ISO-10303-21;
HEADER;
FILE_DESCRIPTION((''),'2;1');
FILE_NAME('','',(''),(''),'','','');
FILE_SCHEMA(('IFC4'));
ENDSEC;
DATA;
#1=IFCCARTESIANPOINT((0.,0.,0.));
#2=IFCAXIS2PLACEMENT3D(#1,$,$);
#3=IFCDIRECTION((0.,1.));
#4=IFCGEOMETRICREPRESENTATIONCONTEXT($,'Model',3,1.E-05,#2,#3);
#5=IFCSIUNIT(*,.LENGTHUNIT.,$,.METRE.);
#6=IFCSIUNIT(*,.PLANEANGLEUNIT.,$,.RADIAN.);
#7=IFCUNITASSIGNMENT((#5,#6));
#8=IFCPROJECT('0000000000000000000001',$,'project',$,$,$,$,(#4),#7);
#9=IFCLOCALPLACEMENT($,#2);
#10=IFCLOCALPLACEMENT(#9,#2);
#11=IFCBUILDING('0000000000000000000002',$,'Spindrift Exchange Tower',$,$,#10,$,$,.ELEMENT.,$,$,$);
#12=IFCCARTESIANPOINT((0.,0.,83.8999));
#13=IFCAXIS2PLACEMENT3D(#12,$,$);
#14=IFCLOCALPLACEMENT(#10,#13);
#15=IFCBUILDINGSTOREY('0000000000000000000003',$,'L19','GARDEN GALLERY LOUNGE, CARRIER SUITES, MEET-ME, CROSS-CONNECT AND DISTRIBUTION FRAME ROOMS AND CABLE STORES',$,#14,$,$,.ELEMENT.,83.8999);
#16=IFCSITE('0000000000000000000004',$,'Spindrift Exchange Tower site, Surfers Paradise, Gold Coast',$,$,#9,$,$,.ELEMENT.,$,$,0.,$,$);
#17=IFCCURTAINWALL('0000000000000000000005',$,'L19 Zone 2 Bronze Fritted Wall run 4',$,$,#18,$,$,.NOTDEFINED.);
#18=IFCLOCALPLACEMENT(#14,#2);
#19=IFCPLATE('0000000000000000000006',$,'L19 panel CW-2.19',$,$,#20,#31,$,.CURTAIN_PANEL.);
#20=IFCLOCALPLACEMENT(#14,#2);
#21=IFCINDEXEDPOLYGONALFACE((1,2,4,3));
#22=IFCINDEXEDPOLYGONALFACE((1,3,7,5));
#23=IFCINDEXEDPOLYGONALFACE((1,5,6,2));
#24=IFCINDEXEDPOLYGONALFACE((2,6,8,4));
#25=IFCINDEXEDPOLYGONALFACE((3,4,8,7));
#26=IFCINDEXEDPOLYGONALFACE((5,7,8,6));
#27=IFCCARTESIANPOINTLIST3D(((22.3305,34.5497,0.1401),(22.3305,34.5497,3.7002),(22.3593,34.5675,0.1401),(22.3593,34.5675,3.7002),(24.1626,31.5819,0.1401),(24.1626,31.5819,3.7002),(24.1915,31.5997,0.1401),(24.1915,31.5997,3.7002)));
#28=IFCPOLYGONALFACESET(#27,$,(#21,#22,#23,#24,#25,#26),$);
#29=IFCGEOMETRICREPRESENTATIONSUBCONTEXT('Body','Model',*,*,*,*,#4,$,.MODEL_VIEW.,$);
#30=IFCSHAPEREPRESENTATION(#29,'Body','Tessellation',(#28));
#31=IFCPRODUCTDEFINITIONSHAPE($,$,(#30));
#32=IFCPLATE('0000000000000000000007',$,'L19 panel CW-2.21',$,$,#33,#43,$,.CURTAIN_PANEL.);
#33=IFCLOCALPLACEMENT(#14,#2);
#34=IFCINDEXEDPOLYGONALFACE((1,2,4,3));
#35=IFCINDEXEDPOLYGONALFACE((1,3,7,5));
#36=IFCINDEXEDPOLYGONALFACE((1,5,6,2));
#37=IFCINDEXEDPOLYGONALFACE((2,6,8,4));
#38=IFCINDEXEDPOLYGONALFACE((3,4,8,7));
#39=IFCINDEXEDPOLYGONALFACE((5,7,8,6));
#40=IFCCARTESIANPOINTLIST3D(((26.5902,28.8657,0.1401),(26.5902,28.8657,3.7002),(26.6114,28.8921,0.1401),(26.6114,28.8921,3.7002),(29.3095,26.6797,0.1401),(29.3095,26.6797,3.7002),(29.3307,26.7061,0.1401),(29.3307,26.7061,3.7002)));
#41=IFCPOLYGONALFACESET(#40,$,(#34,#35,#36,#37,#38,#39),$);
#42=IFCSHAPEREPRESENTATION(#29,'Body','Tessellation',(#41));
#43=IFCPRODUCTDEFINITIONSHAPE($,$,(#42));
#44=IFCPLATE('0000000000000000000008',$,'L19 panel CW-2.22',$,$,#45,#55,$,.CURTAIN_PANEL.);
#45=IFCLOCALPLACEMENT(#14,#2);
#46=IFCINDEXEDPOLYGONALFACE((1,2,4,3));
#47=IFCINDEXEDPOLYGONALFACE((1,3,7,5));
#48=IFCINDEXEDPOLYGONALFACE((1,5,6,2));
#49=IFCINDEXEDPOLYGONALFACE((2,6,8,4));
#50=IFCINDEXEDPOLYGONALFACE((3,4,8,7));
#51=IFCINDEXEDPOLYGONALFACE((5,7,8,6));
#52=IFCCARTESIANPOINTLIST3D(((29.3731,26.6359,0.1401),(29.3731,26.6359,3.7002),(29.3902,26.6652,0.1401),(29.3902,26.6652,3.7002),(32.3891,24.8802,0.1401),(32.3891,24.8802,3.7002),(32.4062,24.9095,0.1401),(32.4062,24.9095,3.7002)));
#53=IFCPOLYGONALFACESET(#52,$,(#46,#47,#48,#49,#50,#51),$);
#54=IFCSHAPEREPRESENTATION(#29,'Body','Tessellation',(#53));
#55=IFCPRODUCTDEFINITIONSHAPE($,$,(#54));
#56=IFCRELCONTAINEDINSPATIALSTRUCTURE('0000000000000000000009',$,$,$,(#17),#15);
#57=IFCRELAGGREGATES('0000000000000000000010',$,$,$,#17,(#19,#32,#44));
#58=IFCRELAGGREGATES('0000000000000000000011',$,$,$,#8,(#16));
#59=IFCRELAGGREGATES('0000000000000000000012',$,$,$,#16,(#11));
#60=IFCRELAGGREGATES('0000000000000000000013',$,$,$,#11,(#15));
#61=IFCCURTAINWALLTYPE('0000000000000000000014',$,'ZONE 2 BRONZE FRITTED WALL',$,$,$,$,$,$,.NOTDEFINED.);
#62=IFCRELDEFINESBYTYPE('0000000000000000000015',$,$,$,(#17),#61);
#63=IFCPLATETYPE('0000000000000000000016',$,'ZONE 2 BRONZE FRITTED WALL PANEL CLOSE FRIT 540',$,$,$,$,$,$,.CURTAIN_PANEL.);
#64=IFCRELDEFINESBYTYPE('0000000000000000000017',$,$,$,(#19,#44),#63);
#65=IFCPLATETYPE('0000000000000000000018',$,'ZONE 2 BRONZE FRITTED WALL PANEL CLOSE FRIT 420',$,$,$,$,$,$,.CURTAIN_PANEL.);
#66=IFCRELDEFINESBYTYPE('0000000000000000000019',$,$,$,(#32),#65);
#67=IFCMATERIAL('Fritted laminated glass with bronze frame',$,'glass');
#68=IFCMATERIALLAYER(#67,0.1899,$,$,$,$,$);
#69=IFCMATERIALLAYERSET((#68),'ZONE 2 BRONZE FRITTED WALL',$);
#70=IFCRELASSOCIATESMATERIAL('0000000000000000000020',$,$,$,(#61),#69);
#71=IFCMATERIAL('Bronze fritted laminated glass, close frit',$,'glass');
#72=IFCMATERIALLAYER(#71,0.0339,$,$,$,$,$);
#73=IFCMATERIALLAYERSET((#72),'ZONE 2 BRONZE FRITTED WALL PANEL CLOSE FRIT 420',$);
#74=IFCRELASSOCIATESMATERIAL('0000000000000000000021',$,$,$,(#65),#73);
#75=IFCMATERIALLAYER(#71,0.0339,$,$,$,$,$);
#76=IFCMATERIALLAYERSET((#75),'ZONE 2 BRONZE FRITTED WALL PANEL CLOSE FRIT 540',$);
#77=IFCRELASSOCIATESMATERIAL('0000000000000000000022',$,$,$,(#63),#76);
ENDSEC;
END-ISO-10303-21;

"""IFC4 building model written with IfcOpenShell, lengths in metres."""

from ifc_helpers import new_model, si_unit, direction, frame, origin, origin_2d, place, context, subcontext, project, spatial, rectangle, extrude, source, transform, mapped, material, layer, layer_set, type_object, element, aggregate, save


model = new_model("IFC4")

# Units and contexts
model_context = context("Model", 3, precision=1e-05, world=origin(), true_north=direction((0.0, 1.0)))
body_context = subcontext(model_context, "Body", "Model", "MODEL_VIEW")
ifc_project = project(units=[si_unit("LENGTHUNIT", "METRE"), si_unit("PLANEANGLEUNIT", "RADIAN")], contexts=[model_context])

# Site, building, storey
site_placement = place(None, origin())
site = spatial("IfcSite", under=ifc_project, at=site_placement, Name="Spindrift Exchange Tower site, Surfers Paradise, Gold Coast", CompositionType="ELEMENT", RefElevation=0.0)
building_placement = place(site_placement, origin())
building = spatial("IfcBuilding", under=site, at=building_placement, Name="Spindrift Exchange Tower", CompositionType="ELEMENT")
storey_placement = place(building_placement, frame((0.0, 0.0, 83.8999)))
storey = spatial("IfcBuildingStorey", under=building, at=storey_placement, Name="L19", Description="GARDEN GALLERY LOUNGE, CARRIER SUITES, MEET-ME, CROSS-CONNECT AND DISTRIBUTION FRAME ROOMS AND CABLE STORES", CompositionType="ELEMENT", Elevation=83.8999)

# Curtain wall
ifc_material_1 = material(Name="Fritted laminated glass with bronze frame", Category="glass")
ifc_layer_1 = layer(ifc_material_1, 0.1899)
ifc_layer_set_1 = layer_set([ifc_layer_1], Name="ZONE 2 BRONZE FRITTED WALL")
curtain_wall_type = type_object("IfcCurtainWallType", Name="ZONE 2 BRONZE FRITTED WALL", PredefinedType="NOTDEFINED", material=ifc_layer_set_1)
curtain_wall_1_placement = place(storey_placement, origin())
curtain_wall_1 = element("IfcCurtainWall", 1, at=curtain_wall_1_placement, inside=storey, type_object=curtain_wall_type, Name="L19 Zone 2 Bronze Fritted Wall run 4", PredefinedType="NOTDEFINED")

# Plates
ifc_material_2 = material(Name="Bronze fritted laminated glass, close frit", Category="glass")
ifc_layer_2 = layer(ifc_material_2, 0.0339)
ifc_layer_set_2 = layer_set([ifc_layer_2], Name="ZONE 2 BRONZE FRITTED WALL PANEL CLOSE FRIT 420")
plate_type_1 = type_object("IfcPlateType", Name="ZONE 2 BRONZE FRITTED WALL PANEL CLOSE FRIT 420", PredefinedType="CURTAIN_PANEL", material=ifc_layer_set_2)
ifc_layer_3 = layer(ifc_material_2, 0.0339)
ifc_layer_set_3 = layer_set([ifc_layer_3], Name="ZONE 2 BRONZE FRITTED WALL PANEL CLOSE FRIT 540")
plate_type_2 = type_object("IfcPlateType", Name="ZONE 2 BRONZE FRITTED WALL PANEL CLOSE FRIT 540", PredefinedType="CURTAIN_PANEL", material=ifc_layer_set_3)
shared_shape_1 = source(origin(), body_context, "Body", "SweptSolid", [
    extrude(rectangle(XDim=3.4878, YDim=0.0339, at=origin_2d()), origin(), (0.0, 0.0, 1.0), 3.5601),
])
plate_1_placement = place(storey_placement, frame((23.261, 33.0747, 0.1401), z_axis=(0.0, 0.0, 1.0), x_axis=(0.525305, -0.850914, 0.0)))
plate_1 = element("IfcPlate", 2, at=plate_1_placement, type_object=plate_type_2, Name="L19 panel CW-2.19", PredefinedType="CURTAIN_PANEL", context=body_context, shape_type="MappedRepresentation", body=[
    mapped(shared_shape_1, transform((0.0, 0.0, 0.0), scale=1.0)),
])
shared_shape_2 = source(origin(), body_context, "Body", "SweptSolid", [
    extrude(rectangle(XDim=3.489, YDim=0.0339, at=origin_2d()), origin(), (0.0, 0.0, 1.0), 3.5601),
])
plate_2_placement = place(storey_placement, frame((27.9604, 27.7859, 0.1401), z_axis=(0.0, 0.0, 1.0), x_axis=(0.779394, -0.626534, 0.0)))
plate_2 = element("IfcPlate", 3, at=plate_2_placement, type_object=plate_type_1, Name="L19 panel CW-2.21", PredefinedType="CURTAIN_PANEL", context=body_context, shape_type="MappedRepresentation", body=[
    mapped(shared_shape_2, transform((0.0, 0.0, 0.0), scale=1.0)),
])
shared_shape_3 = source(origin(), body_context, "Body", "SweptSolid", [
    extrude(rectangle(XDim=3.4897, YDim=0.0339, at=origin_2d()), origin(), (0.0, 0.0, 1.0), 3.5601),
])
plate_3_placement = place(storey_placement, frame((30.8896, 25.7727, 0.1401), z_axis=(0.0, 0.0, 1.0), x_axis=(0.864234, -0.503089, 0.0)))
plate_3 = element("IfcPlate", 4, at=plate_3_placement, type_object=plate_type_2, Name="L19 panel CW-2.22", PredefinedType="CURTAIN_PANEL", context=body_context, shape_type="MappedRepresentation", body=[
    mapped(shared_shape_3, transform((0.0, 0.0, 0.0), scale=1.0)),
])
aggregate(curtain_wall_1, [plate_1, plate_2, plate_3])

save(model, "model.ifc")
